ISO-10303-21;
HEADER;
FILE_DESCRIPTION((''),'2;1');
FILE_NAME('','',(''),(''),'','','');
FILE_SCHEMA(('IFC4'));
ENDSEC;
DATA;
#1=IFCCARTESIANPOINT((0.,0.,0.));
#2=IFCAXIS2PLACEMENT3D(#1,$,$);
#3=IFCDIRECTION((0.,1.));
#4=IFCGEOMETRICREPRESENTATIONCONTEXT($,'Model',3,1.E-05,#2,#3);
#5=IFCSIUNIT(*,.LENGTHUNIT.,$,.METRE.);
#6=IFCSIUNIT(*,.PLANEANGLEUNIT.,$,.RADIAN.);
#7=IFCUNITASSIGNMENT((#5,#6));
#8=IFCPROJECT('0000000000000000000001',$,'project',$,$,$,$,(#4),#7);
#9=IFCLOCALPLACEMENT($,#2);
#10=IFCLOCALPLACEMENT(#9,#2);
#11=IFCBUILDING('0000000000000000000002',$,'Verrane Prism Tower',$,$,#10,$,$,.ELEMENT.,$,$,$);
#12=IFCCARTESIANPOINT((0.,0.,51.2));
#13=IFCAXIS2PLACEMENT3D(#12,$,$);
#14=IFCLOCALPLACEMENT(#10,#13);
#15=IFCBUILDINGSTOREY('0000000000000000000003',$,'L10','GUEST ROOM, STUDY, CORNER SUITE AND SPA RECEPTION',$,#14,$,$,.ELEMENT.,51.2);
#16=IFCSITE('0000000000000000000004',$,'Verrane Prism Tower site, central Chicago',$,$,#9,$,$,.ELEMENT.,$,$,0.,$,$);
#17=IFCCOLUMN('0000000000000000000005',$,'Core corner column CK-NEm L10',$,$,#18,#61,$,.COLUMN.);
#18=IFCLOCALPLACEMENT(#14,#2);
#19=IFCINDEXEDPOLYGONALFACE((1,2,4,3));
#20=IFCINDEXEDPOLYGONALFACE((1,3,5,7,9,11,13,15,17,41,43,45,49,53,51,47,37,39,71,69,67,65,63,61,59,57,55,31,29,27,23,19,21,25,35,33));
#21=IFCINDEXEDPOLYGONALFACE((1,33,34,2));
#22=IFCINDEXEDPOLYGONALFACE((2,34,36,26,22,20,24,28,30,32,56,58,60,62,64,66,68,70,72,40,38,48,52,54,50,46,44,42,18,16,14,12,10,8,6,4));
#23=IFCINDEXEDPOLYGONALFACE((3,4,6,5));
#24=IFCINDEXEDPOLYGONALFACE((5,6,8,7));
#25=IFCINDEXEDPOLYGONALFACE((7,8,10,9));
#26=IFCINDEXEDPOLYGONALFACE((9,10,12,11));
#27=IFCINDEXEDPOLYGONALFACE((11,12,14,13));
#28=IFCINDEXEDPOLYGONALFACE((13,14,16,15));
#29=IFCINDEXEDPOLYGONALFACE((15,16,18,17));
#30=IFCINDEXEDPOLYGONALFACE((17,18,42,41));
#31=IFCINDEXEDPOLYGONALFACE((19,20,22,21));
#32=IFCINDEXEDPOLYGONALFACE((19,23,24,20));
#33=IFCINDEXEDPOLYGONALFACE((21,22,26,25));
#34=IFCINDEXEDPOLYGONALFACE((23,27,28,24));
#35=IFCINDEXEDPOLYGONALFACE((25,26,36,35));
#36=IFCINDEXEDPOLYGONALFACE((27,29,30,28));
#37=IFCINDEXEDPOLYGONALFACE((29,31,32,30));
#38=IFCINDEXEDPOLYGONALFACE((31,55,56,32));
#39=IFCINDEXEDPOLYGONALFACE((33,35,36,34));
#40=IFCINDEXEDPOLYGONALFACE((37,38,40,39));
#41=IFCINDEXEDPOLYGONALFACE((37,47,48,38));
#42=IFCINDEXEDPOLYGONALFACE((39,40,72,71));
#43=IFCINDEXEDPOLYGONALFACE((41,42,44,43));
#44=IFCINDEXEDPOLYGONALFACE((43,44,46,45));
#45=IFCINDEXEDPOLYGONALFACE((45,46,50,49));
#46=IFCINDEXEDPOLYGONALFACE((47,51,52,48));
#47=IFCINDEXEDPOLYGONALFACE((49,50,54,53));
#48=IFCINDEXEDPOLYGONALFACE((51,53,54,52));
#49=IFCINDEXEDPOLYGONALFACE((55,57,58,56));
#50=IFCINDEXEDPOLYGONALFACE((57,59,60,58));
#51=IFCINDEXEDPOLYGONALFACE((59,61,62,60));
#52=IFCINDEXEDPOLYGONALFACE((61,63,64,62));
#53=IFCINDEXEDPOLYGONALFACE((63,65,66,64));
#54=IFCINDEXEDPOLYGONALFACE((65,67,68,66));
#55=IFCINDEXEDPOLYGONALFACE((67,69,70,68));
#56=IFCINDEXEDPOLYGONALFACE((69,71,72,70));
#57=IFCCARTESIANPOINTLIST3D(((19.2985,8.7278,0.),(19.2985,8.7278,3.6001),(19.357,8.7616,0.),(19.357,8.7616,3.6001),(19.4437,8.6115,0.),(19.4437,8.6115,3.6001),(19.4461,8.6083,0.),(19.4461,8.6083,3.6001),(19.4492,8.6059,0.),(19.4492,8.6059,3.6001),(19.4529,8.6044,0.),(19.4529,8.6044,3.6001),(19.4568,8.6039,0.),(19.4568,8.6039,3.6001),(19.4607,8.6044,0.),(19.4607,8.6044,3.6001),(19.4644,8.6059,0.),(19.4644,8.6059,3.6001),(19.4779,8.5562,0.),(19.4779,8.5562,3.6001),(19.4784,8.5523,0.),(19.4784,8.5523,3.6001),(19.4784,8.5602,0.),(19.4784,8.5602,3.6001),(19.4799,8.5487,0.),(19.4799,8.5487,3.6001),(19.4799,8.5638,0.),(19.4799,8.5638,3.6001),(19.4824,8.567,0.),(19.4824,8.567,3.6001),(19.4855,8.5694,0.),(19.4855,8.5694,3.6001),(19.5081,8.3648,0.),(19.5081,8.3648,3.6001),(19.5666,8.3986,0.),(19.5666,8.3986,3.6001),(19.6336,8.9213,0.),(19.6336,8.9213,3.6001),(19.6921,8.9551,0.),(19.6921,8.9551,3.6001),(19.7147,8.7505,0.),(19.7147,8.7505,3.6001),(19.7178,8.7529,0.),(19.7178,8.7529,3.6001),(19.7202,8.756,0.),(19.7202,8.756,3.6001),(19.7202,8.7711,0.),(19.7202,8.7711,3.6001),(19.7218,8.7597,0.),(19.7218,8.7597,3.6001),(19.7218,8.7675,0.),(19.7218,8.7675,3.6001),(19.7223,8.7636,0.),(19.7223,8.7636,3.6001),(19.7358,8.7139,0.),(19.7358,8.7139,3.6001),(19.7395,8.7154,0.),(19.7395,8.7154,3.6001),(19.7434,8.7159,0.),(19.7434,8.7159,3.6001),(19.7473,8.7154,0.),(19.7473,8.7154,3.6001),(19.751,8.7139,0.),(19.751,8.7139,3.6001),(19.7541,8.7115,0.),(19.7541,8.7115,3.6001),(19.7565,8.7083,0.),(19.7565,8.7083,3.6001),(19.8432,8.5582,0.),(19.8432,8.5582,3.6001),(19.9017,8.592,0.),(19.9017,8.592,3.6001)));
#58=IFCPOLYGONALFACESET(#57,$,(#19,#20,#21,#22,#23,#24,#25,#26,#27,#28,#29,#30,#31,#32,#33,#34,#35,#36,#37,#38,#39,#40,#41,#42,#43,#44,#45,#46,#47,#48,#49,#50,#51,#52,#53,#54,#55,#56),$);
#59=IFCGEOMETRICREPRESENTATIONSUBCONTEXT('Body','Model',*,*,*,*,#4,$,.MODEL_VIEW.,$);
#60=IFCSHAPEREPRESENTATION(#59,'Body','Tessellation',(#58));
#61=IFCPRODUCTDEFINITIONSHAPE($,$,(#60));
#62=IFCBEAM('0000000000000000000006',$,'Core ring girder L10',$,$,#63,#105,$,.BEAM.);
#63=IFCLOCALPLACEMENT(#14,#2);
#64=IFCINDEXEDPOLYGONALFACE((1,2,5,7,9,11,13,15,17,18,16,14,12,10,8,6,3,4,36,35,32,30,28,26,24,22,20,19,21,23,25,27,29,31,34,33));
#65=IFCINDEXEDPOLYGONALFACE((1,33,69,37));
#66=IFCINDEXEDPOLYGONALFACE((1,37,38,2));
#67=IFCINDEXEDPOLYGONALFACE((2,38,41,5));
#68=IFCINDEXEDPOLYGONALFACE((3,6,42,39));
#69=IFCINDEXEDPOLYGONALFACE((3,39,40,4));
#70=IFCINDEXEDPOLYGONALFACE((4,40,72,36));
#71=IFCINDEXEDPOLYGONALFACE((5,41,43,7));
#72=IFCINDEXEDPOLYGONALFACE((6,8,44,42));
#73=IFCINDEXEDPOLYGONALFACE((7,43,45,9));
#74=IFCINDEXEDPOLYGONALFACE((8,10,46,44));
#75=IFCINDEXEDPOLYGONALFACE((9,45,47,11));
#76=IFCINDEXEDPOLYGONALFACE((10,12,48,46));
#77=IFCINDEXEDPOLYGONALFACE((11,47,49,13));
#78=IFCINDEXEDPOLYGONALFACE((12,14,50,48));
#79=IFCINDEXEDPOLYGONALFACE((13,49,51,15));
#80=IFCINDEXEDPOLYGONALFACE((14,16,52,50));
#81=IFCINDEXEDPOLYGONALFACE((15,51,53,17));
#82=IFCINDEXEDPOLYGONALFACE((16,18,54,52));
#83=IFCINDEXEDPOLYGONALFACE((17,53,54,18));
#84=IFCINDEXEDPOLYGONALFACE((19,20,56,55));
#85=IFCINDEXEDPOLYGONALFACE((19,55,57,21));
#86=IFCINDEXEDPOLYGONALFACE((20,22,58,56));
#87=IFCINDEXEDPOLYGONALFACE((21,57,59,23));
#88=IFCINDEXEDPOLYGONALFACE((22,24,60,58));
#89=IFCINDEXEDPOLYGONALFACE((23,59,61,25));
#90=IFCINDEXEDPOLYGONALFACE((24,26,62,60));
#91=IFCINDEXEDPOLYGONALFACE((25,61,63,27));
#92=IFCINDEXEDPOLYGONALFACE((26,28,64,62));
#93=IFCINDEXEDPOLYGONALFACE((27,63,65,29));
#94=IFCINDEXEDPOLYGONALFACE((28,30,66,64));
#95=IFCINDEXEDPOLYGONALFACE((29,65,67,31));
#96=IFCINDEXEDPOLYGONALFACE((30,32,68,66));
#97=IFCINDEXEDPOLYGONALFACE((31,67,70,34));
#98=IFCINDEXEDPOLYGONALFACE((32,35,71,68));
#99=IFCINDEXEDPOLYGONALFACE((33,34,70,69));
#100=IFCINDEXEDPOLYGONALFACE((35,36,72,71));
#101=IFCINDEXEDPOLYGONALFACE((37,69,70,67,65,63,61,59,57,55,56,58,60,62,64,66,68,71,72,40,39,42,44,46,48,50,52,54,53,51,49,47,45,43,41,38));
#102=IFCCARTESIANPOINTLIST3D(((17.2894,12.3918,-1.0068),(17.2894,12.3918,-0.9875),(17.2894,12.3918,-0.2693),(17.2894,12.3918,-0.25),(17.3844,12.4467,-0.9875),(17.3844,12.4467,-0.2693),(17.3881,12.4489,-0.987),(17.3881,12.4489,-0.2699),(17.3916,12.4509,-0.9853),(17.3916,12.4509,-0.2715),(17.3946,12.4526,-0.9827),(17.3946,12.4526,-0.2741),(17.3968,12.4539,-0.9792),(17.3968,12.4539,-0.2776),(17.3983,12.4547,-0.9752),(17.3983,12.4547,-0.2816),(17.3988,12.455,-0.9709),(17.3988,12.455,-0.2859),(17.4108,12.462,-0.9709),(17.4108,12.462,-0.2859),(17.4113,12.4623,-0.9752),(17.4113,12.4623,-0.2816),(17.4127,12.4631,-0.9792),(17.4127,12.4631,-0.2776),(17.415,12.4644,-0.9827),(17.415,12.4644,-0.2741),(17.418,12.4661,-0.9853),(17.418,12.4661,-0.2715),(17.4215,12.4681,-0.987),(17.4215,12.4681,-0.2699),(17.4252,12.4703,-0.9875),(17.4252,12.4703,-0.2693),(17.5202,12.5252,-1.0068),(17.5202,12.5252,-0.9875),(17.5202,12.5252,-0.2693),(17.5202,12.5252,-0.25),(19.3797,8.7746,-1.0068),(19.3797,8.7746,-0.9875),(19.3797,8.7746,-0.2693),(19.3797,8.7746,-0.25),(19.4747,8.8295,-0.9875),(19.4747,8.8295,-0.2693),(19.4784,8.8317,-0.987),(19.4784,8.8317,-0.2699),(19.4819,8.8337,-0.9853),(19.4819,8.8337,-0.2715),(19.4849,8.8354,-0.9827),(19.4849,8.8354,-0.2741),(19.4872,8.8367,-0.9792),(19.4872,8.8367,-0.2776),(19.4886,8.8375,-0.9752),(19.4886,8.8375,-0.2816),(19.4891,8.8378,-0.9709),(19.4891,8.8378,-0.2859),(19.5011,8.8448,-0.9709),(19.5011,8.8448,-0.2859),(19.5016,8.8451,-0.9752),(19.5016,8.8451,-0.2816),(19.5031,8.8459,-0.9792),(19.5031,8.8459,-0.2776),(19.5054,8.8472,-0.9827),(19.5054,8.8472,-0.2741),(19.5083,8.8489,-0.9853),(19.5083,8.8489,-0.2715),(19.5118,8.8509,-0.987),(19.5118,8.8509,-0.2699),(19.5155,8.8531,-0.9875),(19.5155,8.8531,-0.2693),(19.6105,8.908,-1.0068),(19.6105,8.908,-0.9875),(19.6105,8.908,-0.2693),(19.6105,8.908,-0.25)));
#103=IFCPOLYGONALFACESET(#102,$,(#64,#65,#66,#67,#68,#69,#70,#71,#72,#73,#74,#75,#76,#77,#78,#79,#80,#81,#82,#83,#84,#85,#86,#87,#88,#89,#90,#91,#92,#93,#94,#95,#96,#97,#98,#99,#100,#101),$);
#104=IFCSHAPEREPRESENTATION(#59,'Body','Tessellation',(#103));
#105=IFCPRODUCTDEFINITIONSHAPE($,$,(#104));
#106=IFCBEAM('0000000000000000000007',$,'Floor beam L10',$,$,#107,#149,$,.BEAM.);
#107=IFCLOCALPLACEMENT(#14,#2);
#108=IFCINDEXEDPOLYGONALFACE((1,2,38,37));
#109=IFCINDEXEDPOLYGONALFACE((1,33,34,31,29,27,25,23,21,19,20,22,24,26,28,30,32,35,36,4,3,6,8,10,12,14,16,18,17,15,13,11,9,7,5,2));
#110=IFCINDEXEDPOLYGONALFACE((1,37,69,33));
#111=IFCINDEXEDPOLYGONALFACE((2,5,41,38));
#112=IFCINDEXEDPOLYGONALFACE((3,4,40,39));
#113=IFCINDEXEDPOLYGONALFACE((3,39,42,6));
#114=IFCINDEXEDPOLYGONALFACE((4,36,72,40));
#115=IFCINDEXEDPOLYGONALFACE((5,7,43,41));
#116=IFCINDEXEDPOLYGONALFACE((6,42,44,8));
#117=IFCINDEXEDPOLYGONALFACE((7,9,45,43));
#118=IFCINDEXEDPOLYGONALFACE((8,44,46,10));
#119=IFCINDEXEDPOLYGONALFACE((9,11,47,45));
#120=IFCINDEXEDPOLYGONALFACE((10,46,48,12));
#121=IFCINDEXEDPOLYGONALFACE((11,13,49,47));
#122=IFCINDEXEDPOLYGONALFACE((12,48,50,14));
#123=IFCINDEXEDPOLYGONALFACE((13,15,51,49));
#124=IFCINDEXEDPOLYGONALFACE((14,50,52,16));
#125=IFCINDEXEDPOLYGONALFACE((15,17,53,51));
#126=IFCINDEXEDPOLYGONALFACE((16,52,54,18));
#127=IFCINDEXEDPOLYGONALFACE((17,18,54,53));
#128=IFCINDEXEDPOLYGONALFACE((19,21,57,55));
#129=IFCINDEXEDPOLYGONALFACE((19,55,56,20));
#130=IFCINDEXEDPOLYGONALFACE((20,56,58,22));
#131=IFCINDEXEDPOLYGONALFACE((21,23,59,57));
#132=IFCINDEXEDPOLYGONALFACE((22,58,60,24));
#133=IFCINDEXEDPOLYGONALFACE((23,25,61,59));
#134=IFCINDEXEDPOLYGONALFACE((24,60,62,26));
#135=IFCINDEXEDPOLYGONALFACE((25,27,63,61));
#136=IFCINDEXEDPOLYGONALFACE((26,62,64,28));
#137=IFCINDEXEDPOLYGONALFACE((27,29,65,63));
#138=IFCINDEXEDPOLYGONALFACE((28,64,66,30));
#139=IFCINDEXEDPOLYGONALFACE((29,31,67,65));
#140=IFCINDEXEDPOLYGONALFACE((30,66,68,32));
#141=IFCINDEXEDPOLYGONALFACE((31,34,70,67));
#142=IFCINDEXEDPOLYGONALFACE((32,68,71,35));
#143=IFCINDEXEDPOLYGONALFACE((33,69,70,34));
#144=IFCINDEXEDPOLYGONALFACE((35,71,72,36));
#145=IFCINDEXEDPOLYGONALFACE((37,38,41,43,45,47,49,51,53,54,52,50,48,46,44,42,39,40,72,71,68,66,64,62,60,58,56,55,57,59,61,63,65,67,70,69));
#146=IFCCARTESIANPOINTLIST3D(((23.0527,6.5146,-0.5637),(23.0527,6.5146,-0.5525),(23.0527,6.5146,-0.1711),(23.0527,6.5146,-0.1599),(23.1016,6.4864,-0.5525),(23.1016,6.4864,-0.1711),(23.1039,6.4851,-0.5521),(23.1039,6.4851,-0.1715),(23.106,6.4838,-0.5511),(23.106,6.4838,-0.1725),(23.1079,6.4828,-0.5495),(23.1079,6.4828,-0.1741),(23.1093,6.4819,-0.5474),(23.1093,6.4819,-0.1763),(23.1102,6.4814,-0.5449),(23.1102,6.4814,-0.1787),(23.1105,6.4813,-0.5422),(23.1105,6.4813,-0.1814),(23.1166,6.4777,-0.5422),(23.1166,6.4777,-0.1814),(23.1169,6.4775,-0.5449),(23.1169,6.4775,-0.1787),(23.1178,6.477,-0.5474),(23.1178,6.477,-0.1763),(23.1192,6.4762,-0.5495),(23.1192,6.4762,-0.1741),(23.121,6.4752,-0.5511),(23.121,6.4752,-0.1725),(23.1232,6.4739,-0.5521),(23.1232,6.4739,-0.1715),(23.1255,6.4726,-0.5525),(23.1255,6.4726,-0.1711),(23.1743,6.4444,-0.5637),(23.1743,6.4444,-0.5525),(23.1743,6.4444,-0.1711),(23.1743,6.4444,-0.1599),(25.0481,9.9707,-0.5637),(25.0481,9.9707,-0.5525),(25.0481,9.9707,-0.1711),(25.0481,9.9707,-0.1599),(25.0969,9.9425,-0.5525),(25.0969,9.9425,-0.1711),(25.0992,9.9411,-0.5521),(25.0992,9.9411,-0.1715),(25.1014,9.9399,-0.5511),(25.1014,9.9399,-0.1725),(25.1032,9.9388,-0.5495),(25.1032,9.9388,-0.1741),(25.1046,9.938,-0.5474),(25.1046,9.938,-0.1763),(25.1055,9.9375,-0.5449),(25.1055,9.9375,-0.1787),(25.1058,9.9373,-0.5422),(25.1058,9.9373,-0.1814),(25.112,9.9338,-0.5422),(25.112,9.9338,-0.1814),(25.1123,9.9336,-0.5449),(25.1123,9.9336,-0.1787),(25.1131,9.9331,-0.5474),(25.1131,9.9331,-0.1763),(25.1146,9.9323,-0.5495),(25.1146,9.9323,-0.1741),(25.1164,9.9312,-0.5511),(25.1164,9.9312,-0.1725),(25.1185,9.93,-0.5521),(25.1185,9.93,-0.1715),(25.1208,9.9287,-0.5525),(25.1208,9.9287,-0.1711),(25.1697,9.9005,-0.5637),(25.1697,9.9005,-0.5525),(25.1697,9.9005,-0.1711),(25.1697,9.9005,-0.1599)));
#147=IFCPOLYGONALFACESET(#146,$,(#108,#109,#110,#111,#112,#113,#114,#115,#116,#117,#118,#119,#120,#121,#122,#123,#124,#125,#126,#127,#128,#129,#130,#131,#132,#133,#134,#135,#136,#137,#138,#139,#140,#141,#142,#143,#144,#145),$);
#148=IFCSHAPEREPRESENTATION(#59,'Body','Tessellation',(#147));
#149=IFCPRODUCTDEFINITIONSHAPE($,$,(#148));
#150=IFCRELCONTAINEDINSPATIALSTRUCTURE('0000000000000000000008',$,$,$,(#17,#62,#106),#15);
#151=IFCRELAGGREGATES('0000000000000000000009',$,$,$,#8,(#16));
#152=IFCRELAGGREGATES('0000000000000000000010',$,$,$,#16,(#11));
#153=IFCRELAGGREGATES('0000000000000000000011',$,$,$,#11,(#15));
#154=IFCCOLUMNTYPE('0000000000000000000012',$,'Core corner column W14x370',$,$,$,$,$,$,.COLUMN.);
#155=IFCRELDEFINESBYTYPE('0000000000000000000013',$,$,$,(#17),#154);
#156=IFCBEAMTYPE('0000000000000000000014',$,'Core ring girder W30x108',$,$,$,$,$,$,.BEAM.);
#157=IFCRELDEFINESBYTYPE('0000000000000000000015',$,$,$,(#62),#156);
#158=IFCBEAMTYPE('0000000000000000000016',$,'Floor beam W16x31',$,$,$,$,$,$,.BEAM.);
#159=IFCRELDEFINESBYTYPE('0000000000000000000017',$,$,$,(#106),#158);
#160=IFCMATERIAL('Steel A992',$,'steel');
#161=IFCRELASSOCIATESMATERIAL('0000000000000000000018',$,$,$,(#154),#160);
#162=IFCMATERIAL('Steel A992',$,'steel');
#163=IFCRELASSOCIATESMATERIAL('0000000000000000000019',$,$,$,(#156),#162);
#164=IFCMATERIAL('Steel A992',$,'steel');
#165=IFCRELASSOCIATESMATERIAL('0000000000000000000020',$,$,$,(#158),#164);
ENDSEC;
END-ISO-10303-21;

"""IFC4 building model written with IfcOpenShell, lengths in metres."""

from ifc_helpers import new_model, si_unit, direction, frame, origin, origin_2d, place, context, subcontext, project, spatial, i_section, extrude, material, material_profile, profile_set, type_object, element, save


model = new_model("IFC4")

# Units and contexts
model_context = context("Model", 3, precision=1e-05, world=origin(), true_north=direction((0.0, 1.0)))
body_context = subcontext(model_context, "Body", "Model", "MODEL_VIEW")
ifc_project = project(units=[si_unit("LENGTHUNIT", "METRE"), si_unit("PLANEANGLEUNIT", "RADIAN")], contexts=[model_context])

# Site, building, storey
site_placement = place(None, origin())
site = spatial("IfcSite", under=ifc_project, at=site_placement, Name="Verrane Prism Tower site, central Chicago", CompositionType="ELEMENT", RefElevation=0.0)
building_placement = place(site_placement, origin())
building = spatial("IfcBuilding", under=site, at=building_placement, Name="Verrane Prism Tower", CompositionType="ELEMENT")
storey_placement = place(building_placement, frame((0.0, 0.0, 51.2)))
storey = spatial("IfcBuildingStorey", under=building, at=storey_placement, Name="L10", Description="GUEST ROOM, STUDY, CORNER SUITE AND SPA RECEPTION", CompositionType="ELEMENT", Elevation=51.2)

# Column
ifc_material_1 = material(Name="Steel A992", Category="steel")
ifc_material_profile_1 = material_profile(ifc_material_1, i_section(OverallWidth=0.4192, OverallDepth=0.4546, WebThickness=0.0422, FlangeThickness=0.0676, FilletRadius=0.0151, at=origin_2d()), Name="W14x370")
ifc_profile_set_1 = profile_set([ifc_material_profile_1], Name="Steel A992")
column_type = type_object("IfcColumnType", Name="Core corner column W14x370", PredefinedType="COLUMN", material=ifc_profile_set_1)
column_placement = place(storey_placement, frame((19.6001, 8.6599, 0.0), z_axis=(0.0, 0.0, 1.0), x_axis=(0.5, -0.866025, 0.0)))
element("IfcColumn", 1, at=column_placement, inside=storey, type_object=column_type, Name="Core corner column CK-NEm L10", PredefinedType="COLUMN", context=body_context, shape_type="SweptSolid", body=[
    extrude(i_section(OverallWidth=0.4192, OverallDepth=0.4546, WebThickness=0.0422, FlangeThickness=0.0676, FilletRadius=0.0151, at=origin_2d()), origin(), (0.0, 0.0, 1.0), 3.6001),
])

# Beams
ifc_material_2 = material(Name="Steel A992", Category="steel")
ifc_material_profile_2 = material_profile(ifc_material_2, i_section(OverallWidth=0.2666, OverallDepth=0.7568, WebThickness=0.0139, FlangeThickness=0.0193, FilletRadius=0.0166, at=origin_2d()), Name="W30x108")
ifc_profile_set_2 = profile_set([ifc_material_profile_2], Name="Steel A992")
beam_type_1 = type_object("IfcBeamType", Name="Core ring girder W30x108", PredefinedType="BEAM", material=ifc_profile_set_2)
beam_1_placement = place(storey_placement, frame((19.4951, 8.8413, -0.6284), z_axis=(-0.50035, 0.865823, 0.0), x_axis=(-0.865823, -0.50035, 0.0)))
element("IfcBeam", 2, at=beam_1_placement, inside=storey, type_object=beam_type_1, Name="Core ring girder L10", PredefinedType="BEAM", context=body_context, shape_type="SweptSolid", body=[
    extrude(i_section(OverallWidth=0.2666, OverallDepth=0.7568, WebThickness=0.0139, FlangeThickness=0.0193, FilletRadius=0.0166, at=origin_2d()), origin(), (0.0, 0.0, 1.0), 4.1777),
])
ifc_material_3 = material(Name="Steel A992", Category="steel")
ifc_material_profile_3 = material_profile(ifc_material_3, i_section(OverallWidth=0.1404, OverallDepth=0.4038, WebThickness=0.0071, FlangeThickness=0.0112, FilletRadius=0.0103, at=origin_2d()), Name="W16x31")
ifc_profile_set_3 = profile_set([ifc_material_profile_3], Name="Steel A992")
beam_type_2 = type_object("IfcBeamType", Name="Floor beam W16x31", PredefinedType="BEAM", material=ifc_profile_set_3)
beam_2_placement = place(storey_placement, frame((23.1135, 6.4795, -0.3618), z_axis=(0.500001, 0.866025, 0.0), x_axis=(-0.866025, 0.500001, 0.0)))
element("IfcBeam", 3, at=beam_2_placement, inside=storey, type_object=beam_type_2, Name="Floor beam L10", PredefinedType="BEAM", context=body_context, shape_type="SweptSolid", body=[
    extrude(i_section(OverallWidth=0.1404, OverallDepth=0.4038, WebThickness=0.0071, FlangeThickness=0.0112, FilletRadius=0.0103, at=origin_2d()), origin(), (0.0, 0.0, 1.0), 3.9907),
])

save(model, "model.ifc")
